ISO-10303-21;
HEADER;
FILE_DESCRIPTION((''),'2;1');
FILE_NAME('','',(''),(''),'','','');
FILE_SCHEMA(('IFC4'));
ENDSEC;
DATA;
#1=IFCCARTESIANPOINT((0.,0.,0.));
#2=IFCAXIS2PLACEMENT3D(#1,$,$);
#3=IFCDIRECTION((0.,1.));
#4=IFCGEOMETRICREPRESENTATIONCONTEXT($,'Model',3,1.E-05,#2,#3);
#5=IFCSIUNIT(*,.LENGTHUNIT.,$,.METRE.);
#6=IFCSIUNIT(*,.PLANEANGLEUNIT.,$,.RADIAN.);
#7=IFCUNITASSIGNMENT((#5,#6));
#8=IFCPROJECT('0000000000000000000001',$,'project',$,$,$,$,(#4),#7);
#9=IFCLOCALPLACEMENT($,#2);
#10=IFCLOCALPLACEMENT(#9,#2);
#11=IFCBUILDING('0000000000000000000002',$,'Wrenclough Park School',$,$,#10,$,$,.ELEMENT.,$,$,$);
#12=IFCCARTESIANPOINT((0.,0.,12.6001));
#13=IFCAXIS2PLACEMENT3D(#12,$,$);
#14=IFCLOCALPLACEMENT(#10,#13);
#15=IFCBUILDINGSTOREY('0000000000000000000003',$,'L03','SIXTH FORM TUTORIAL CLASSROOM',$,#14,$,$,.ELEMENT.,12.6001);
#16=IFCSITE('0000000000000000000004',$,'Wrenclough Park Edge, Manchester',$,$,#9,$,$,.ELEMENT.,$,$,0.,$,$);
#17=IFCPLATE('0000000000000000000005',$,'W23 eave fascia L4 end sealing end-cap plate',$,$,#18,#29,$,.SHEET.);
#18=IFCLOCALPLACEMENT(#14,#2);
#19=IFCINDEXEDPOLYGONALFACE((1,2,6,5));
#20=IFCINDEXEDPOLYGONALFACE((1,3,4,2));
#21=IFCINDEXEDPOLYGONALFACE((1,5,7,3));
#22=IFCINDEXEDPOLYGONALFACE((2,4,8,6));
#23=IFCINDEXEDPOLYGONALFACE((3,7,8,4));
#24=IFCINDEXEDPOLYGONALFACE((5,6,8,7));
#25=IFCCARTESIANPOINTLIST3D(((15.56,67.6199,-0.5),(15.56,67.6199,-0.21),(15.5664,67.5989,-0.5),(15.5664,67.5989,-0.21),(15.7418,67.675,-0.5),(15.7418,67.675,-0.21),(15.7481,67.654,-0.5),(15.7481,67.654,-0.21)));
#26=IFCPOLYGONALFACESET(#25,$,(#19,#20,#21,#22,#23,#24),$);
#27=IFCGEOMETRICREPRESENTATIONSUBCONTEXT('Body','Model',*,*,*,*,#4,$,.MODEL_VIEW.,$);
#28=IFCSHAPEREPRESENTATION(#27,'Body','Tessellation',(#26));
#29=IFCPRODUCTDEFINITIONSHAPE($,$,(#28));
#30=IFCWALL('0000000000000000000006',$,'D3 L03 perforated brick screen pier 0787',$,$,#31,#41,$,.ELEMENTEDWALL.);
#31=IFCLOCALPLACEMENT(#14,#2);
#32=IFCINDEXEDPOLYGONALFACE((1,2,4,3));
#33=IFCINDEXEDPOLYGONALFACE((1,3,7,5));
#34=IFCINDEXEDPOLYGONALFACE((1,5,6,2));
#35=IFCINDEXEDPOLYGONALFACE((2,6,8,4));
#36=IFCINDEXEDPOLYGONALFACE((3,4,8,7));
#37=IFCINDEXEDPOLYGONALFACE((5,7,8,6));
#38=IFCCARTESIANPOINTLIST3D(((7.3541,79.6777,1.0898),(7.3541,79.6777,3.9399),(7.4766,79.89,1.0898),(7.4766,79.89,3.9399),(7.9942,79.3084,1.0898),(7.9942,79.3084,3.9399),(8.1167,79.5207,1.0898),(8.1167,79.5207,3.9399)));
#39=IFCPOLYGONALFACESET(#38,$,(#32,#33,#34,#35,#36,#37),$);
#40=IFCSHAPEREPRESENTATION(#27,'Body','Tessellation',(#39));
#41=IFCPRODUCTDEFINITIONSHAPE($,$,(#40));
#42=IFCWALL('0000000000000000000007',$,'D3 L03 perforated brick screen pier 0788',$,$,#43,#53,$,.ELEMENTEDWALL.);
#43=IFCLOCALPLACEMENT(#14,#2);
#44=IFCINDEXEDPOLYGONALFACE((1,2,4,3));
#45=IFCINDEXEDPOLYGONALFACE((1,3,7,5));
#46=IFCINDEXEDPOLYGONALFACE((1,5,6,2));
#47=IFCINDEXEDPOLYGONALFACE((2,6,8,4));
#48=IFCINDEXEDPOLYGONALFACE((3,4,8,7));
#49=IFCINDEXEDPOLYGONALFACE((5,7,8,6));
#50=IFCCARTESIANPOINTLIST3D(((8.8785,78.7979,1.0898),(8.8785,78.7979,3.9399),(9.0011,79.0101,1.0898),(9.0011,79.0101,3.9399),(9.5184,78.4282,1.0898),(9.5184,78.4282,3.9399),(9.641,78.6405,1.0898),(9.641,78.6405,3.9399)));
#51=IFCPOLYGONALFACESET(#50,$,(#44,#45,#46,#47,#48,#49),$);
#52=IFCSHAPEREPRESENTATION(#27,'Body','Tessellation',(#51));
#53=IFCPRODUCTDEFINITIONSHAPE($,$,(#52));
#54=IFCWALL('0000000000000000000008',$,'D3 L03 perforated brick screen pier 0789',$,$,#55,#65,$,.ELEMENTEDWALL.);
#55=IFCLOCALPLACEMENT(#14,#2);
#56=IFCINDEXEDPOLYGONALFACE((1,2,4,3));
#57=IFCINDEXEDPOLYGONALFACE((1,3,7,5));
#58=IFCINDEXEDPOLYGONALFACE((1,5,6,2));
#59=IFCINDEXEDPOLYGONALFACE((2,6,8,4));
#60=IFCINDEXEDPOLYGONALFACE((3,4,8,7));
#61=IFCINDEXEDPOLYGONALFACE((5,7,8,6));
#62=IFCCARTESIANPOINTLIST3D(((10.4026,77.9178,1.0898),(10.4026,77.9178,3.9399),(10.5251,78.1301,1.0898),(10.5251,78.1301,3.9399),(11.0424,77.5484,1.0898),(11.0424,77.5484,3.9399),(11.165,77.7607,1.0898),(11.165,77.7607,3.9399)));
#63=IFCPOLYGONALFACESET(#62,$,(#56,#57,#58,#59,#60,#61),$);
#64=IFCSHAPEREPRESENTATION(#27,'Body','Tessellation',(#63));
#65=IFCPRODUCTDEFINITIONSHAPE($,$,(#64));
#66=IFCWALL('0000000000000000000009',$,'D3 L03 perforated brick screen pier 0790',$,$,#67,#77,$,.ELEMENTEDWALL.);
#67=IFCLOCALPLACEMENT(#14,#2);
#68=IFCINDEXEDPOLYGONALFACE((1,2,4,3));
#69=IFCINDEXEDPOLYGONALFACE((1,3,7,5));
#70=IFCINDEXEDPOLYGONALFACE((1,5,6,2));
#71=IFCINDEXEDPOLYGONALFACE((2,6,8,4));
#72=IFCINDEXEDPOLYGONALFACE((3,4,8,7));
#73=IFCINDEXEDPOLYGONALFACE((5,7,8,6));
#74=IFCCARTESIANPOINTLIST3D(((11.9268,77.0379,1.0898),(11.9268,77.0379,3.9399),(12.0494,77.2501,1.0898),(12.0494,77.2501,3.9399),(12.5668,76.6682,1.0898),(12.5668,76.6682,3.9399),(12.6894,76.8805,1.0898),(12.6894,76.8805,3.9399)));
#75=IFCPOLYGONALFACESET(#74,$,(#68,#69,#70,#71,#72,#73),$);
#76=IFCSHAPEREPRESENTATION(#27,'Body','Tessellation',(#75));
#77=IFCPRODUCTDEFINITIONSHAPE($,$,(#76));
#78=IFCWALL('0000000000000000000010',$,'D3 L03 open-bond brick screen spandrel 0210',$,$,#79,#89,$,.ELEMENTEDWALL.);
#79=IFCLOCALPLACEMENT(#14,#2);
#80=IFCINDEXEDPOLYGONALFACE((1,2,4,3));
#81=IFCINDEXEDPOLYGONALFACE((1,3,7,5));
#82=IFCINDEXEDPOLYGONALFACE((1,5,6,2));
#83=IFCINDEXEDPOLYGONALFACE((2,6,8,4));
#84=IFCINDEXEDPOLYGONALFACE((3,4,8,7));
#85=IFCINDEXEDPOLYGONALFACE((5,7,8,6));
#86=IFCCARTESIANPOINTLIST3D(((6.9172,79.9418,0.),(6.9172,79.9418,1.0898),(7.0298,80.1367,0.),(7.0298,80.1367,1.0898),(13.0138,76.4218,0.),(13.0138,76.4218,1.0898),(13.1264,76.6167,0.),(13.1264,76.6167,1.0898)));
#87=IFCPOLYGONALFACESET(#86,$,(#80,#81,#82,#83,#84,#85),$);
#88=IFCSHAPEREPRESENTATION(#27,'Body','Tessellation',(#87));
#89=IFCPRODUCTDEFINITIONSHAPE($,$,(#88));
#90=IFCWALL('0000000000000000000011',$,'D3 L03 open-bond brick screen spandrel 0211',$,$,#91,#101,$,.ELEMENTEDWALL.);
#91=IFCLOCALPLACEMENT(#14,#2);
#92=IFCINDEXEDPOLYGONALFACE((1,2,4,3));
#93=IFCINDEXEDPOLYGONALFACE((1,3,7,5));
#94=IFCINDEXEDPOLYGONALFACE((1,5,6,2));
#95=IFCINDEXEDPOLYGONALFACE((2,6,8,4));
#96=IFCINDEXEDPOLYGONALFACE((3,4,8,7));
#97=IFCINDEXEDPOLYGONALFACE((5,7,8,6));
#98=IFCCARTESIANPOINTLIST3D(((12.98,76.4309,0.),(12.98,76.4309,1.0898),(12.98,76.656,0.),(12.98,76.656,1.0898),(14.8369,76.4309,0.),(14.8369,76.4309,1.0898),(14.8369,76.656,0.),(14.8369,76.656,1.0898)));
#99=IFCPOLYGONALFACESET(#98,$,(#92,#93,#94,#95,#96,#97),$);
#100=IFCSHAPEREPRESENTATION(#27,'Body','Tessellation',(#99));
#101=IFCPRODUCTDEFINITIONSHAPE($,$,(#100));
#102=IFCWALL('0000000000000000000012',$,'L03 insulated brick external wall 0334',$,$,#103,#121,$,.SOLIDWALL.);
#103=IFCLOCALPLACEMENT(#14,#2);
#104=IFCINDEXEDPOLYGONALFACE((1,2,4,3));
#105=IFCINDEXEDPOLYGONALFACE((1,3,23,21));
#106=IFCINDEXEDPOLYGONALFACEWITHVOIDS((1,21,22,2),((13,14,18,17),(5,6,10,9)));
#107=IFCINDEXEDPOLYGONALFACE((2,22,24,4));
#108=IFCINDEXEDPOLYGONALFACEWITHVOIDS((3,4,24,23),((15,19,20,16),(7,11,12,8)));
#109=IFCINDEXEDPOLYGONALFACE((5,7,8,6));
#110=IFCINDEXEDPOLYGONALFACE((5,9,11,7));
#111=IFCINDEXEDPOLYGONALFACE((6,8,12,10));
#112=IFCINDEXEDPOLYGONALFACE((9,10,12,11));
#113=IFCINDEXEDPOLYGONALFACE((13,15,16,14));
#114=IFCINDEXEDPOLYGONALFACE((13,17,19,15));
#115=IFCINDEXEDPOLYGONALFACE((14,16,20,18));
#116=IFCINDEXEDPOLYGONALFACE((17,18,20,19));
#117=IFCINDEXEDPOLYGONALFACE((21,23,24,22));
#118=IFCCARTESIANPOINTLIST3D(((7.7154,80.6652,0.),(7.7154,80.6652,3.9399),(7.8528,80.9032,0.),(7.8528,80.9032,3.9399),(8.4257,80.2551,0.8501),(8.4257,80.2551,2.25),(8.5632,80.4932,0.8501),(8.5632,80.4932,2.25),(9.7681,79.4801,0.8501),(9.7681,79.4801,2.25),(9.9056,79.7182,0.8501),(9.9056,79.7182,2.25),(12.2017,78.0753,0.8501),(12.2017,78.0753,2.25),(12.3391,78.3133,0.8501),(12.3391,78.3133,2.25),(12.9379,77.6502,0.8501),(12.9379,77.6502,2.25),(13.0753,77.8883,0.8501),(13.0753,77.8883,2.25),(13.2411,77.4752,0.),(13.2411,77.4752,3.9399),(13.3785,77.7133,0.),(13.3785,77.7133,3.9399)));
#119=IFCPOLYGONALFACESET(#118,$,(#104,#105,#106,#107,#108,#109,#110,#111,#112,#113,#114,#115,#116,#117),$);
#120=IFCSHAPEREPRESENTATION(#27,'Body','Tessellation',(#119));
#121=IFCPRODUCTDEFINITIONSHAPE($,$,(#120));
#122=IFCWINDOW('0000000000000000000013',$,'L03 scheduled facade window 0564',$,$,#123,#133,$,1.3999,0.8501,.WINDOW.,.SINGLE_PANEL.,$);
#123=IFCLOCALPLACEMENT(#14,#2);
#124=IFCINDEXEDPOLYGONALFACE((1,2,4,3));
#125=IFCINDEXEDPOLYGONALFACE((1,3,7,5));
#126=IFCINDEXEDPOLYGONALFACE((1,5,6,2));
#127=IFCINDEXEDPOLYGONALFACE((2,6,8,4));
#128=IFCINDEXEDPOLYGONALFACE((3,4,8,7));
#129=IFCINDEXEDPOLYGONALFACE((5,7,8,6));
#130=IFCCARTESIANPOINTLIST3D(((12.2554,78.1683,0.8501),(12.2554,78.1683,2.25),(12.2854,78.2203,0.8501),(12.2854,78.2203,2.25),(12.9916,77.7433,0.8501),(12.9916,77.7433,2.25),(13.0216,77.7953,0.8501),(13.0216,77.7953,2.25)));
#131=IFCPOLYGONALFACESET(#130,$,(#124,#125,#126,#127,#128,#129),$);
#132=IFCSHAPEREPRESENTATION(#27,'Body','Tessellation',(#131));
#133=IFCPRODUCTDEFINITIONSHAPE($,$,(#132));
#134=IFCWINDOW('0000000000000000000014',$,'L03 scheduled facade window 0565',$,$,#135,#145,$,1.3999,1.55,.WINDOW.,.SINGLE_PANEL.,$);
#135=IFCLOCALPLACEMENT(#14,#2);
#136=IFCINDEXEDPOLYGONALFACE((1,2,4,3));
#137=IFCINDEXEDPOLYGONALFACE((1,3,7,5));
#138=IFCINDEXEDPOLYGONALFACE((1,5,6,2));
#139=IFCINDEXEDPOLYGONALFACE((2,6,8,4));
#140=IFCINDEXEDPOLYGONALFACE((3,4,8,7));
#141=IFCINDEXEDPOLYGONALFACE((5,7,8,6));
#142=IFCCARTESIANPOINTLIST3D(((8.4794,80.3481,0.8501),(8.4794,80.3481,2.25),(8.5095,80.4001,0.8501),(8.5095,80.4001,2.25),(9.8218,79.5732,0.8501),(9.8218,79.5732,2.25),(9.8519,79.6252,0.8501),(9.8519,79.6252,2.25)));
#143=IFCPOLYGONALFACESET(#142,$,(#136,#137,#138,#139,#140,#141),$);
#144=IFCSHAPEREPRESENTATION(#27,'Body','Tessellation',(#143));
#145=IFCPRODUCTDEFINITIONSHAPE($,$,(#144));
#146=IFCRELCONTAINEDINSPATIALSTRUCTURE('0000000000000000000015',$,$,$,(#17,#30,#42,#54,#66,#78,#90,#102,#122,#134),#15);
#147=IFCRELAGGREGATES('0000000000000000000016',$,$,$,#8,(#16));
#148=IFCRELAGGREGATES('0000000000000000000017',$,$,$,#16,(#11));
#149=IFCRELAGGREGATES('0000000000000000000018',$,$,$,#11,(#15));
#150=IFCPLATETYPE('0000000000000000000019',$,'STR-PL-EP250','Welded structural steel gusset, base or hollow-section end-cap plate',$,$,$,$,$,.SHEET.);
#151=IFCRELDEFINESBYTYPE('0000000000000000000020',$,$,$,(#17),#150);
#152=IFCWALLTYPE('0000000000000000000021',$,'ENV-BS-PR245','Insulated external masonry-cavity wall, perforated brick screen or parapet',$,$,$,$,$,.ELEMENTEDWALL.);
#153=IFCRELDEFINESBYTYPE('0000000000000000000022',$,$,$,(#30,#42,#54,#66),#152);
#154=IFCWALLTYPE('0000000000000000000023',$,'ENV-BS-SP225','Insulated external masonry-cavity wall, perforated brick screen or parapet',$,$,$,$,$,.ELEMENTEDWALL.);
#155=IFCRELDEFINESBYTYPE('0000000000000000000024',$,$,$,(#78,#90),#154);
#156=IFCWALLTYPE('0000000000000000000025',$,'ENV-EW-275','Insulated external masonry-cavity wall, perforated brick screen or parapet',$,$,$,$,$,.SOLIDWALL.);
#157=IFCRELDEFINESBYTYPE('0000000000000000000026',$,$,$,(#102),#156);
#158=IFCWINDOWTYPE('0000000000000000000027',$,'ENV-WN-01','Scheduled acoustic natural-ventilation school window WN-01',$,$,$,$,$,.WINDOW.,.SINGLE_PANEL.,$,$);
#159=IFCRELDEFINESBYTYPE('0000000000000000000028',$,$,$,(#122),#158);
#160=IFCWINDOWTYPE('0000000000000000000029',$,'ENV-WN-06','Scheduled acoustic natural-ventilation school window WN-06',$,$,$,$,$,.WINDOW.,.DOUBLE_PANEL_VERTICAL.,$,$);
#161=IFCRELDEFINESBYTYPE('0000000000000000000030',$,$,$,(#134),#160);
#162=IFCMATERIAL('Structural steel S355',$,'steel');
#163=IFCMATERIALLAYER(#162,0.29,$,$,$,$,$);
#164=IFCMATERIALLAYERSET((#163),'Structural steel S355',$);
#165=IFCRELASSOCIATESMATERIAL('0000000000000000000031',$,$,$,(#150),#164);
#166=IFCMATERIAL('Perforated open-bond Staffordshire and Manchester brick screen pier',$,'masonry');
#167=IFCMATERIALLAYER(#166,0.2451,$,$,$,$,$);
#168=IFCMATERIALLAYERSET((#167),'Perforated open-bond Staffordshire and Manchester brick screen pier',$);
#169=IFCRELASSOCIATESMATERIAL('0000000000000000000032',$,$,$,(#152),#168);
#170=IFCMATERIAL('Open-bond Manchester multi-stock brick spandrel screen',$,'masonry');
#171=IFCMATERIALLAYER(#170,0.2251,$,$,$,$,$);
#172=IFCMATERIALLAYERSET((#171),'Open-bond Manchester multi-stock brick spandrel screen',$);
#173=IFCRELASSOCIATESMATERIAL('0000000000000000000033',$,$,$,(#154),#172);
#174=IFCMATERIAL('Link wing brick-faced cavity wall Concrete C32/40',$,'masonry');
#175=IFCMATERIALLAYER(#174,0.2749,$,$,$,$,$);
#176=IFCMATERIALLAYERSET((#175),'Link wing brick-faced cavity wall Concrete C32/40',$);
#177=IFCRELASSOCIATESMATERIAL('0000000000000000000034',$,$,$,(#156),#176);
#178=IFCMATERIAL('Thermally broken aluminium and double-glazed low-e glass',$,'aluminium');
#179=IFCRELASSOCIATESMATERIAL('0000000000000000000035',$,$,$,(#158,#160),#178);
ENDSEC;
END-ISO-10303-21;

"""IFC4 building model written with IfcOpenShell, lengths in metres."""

from ifc_helpers import new_model, si_unit, direction, frame, frame_2d, origin, origin_2d, place, context, subcontext, project, spatial, rectangle, extrude, material, layer, layer_set, type_object, element, fill, save


model = new_model("IFC4")

# Units and contexts
model_context = context("Model", 3, precision=1e-05, world=origin(), true_north=direction((0.0, 1.0)))
body_context = subcontext(model_context, "Body", "Model", "MODEL_VIEW")
ifc_project = project(units=[si_unit("LENGTHUNIT", "METRE"), si_unit("PLANEANGLEUNIT", "RADIAN")], contexts=[model_context])

# Site, building, storey
site_placement = place(None, origin())
site = spatial("IfcSite", under=ifc_project, at=site_placement, Name="Wrenclough Park Edge, Manchester", CompositionType="ELEMENT", RefElevation=0.0)
building_placement = place(site_placement, origin())
building = spatial("IfcBuilding", under=site, at=building_placement, Name="Wrenclough Park School", CompositionType="ELEMENT")
storey_placement = place(building_placement, frame((0.0, 0.0, 12.6001)))
storey = spatial("IfcBuildingStorey", under=building, at=storey_placement, Name="L03", Description="SIXTH FORM TUTORIAL CLASSROOM", CompositionType="ELEMENT", Elevation=12.6001)

# Shared definitions
ifc_material_1 = material(Name="Structural steel S355", Category="steel")

# Plate
ifc_layer_1 = layer(ifc_material_1, 0.29)
ifc_layer_set_1 = layer_set([ifc_layer_1], Name="Structural steel S355")
plate_type_1 = type_object("IfcPlateType", Name="STR-PL-EP250", Description="Welded structural steel gusset, base or hollow-section end-cap plate", PredefinedType="SHEET", material=ifc_layer_set_1)
plate_1_placement = place(storey_placement, frame((15.6541, 67.637, -0.5), z_axis=(0.0, 0.0, 1.0), x_axis=(-0.290034, 0.957016, 0.0)))
element("IfcPlate", 1, at=plate_1_placement, inside=storey, type_object=plate_type_1, Name="W23 eave fascia L4 end sealing end-cap plate", PredefinedType="SHEET", context=body_context, shape_type="SweptSolid", body=[
    extrude(rectangle(XDim=0.022, YDim=0.1899, at=origin_2d()), origin(), (0.0, 0.0, 1.0), 0.29),
])

# Walls
ifc_material_2 = material(Name="Perforated open-bond Staffordshire and Manchester brick screen pier", Category="masonry")
ifc_layer_2 = layer(ifc_material_2, 0.2451)
ifc_layer_set_2 = layer_set([ifc_layer_2], Name="Perforated open-bond Staffordshire and Manchester brick screen pier")
wall_type_1 = type_object("IfcWallType", Name="ENV-BS-PR245", Description="Insulated external masonry-cavity wall, perforated brick screen or parapet", PredefinedType="ELEMENTEDWALL", material=ifc_layer_set_2)
for number, where, z_axis, x_axis, name in (
    (2, (7.4153, 79.7839, 1.0898), (0.0, 0.0, 1.0), (0.866142, -0.499799, 0.0), "D3 L03 perforated brick screen pier 0787"),
    (3, (8.9397, 78.9041, 1.0898), (0.0, 0.0, 1.0), (0.865916, -0.50019, 0.0), "D3 L03 perforated brick screen pier 0788"),
):
    element("IfcWall", number, at=place(storey_placement, frame(where, z_axis=z_axis, x_axis=x_axis)), inside=storey, type_object=wall_type_1, Name=name, PredefinedType="ELEMENTEDWALL", context=body_context, shape_type="SweptSolid", body=[
        extrude(rectangle(XDim=0.739, YDim=0.2451, at=frame_2d((0.3696, 0.0))), origin(), (0.0, 0.0, 1.0), 2.8501),
    ])
wall_1_placement = place(storey_placement, frame((10.4639, 78.0239, 1.0898), z_axis=(0.0, 0.0, 1.0), x_axis=(0.866059, -0.499942, 0.0)))
element("IfcWall", 4, at=wall_1_placement, inside=storey, type_object=wall_type_1, Name="D3 L03 perforated brick screen pier 0789", PredefinedType="ELEMENTEDWALL", context=body_context, shape_type="SweptSolid", body=[
    extrude(rectangle(XDim=0.7388, YDim=0.2451, at=frame_2d((0.3694, 0.0))), origin(), (0.0, 0.0, 1.0), 2.8501),
])
wall_2_placement = place(storey_placement, frame((11.988, 77.144, 1.0898), z_axis=(0.0, 0.0, 1.0), x_axis=(0.865916, -0.50019, 0.0)))
element("IfcWall", 5, at=wall_2_placement, inside=storey, type_object=wall_type_1, Name="D3 L03 perforated brick screen pier 0790", PredefinedType="ELEMENTEDWALL", context=body_context, shape_type="SweptSolid", body=[
    extrude(rectangle(XDim=0.739, YDim=0.2451, at=frame_2d((0.3696, 0.0))), origin(), (0.0, 0.0, 1.0), 2.8501),
])
ifc_material_3 = material(Name="Open-bond Manchester multi-stock brick spandrel screen", Category="masonry")
ifc_layer_3 = layer(ifc_material_3, 0.2251)
ifc_layer_set_3 = layer_set([ifc_layer_3], Name="Open-bond Manchester multi-stock brick spandrel screen")
wall_type_2 = type_object("IfcWallType", Name="ENV-BS-SP225", Description="Insulated external masonry-cavity wall, perforated brick screen or parapet", PredefinedType="ELEMENTEDWALL", material=ifc_layer_set_3)
wall_3_placement = place(storey_placement, frame((6.9734, 80.0393, 0.0), z_axis=(0.0, 0.0, 1.0), x_axis=(0.866019, -0.500011, 0.0)))
element("IfcWall", 6, at=wall_3_placement, inside=storey, type_object=wall_type_2, Name="D3 L03 open-bond brick screen spandrel 0210", PredefinedType="ELEMENTEDWALL", context=body_context, shape_type="SweptSolid", body=[
    extrude(rectangle(XDim=7.0398, YDim=0.2251, at=frame_2d((3.52, 0.0))), origin(), (0.0, 0.0, 1.0), 1.0898),
])
wall_4_placement = place(storey_placement, frame((12.98, 76.5435, 0.0), z_axis=(0.0, 0.0, 1.0), x_axis=(1.0, 0.0, 0.0)))
element("IfcWall", 7, at=wall_4_placement, inside=storey, type_object=wall_type_2, Name="D3 L03 open-bond brick screen spandrel 0211", PredefinedType="ELEMENTEDWALL", context=body_context, shape_type="SweptSolid", body=[
    extrude(rectangle(XDim=1.8569, YDim=0.2251, at=frame_2d((0.9285, 0.0))), origin(), (0.0, 0.0, 1.0), 1.0898),
])

# Wall, openings, windows
ifc_material_4 = material(Name="Link wing brick-faced cavity wall Concrete C32/40", Category="masonry")
ifc_layer_4 = layer(ifc_material_4, 0.2749)
ifc_layer_set_4 = layer_set([ifc_layer_4], Name="Link wing brick-faced cavity wall Concrete C32/40")
wall_type_3 = type_object("IfcWallType", Name="ENV-EW-275", Description="Insulated external masonry-cavity wall, perforated brick screen or parapet", PredefinedType="SOLIDWALL", material=ifc_layer_set_4)
wall_5_placement = place(storey_placement, frame((13.3098, 77.5942, 0.0), z_axis=(0.0, 0.0, 1.0), x_axis=(-0.866045, 0.499966, 0.0)))
wall_5 = element("IfcWall", 8, at=wall_5_placement, inside=storey, type_object=wall_type_3, Name="L03 insulated brick external wall 0334", PredefinedType="SOLIDWALL", context=body_context, shape_type="SweptSolid", body=[
    extrude(rectangle(XDim=6.3804, YDim=0.2749, at=frame_2d((3.1902, 0.0))), origin(), (0.0, 0.0, 1.0), 3.9399),
])
opening_1_placement = place(wall_5_placement, frame((0.3501, 0.0, 0.8501)))
opening_1 = element("IfcOpeningElement", 9, at=opening_1_placement, cuts=wall_5, PredefinedType="OPENING", context=body_context, shape_type="SweptSolid", body=[
    extrude(rectangle(XDim=0.8501, YDim=1.3999, at=frame_2d((0.425, 0.7))), frame((0.0, 0.1475, 0.0), z_axis=(0.0, -1.0, 0.0), x_axis=(1.0, 0.0, 0.0)), (0.0, 0.0, 1.0), 0.2949),
])
opening_2_placement = place(wall_5_placement, frame((4.0103, 0.0, 0.8501)))
opening_2 = element("IfcOpeningElement", 10, at=opening_2_placement, cuts=wall_5, PredefinedType="OPENING", context=body_context, shape_type="SweptSolid", body=[
    extrude(rectangle(XDim=1.55, YDim=1.3999, at=frame_2d((0.7749, 0.7))), frame((0.0, 0.1475, 0.0), z_axis=(0.0, -1.0, 0.0), x_axis=(1.0, 0.0, 0.0)), (0.0, 0.0, 1.0), 0.2949),
])
ifc_material_5 = material(Name="Thermally broken aluminium and double-glazed low-e glass", Category="aluminium")
window_type_1 = type_object("IfcWindowType", Name="ENV-WN-01", Description="Scheduled acoustic natural-ventilation school window WN-01", PartitioningType="SINGLE_PANEL", PredefinedType="WINDOW", material=ifc_material_5)
window_1_placement = place(opening_1_placement, origin())
window_1 = element("IfcWindow", 11, at=window_1_placement, inside=storey, type_object=window_type_1, Name="L03 scheduled facade window 0564", OverallHeight=1.3999, OverallWidth=0.8501, PartitioningType="SINGLE_PANEL", PredefinedType="WINDOW", context=body_context, shape_type="SweptSolid", body=[
    extrude(rectangle(XDim=0.8501, YDim=1.3999, at=frame_2d((0.425, 0.7))), frame((0.0, 0.03, 0.0), z_axis=(0.0, -1.0, 0.0), x_axis=(1.0, 0.0, 0.0)), (0.0, 0.0, 1.0), 0.0601),
])
fill(opening_1, window_1)
window_type_2 = type_object("IfcWindowType", Name="ENV-WN-06", Description="Scheduled acoustic natural-ventilation school window WN-06", PartitioningType="DOUBLE_PANEL_VERTICAL", PredefinedType="WINDOW", material=ifc_material_5)
window_2_placement = place(opening_2_placement, origin())
window_2 = element("IfcWindow", 12, at=window_2_placement, inside=storey, type_object=window_type_2, Name="L03 scheduled facade window 0565", OverallHeight=1.3999, OverallWidth=1.55, PartitioningType="SINGLE_PANEL", PredefinedType="WINDOW", context=body_context, shape_type="SweptSolid", body=[
    extrude(rectangle(XDim=1.55, YDim=1.3999, at=frame_2d((0.7749, 0.7))), frame((0.0, 0.03, 0.0), z_axis=(0.0, -1.0, 0.0), x_axis=(1.0, 0.0, 0.0)), (0.0, 0.0, 1.0), 0.0601),
])
fill(opening_2, window_2)

save(model, "model.ifc")
